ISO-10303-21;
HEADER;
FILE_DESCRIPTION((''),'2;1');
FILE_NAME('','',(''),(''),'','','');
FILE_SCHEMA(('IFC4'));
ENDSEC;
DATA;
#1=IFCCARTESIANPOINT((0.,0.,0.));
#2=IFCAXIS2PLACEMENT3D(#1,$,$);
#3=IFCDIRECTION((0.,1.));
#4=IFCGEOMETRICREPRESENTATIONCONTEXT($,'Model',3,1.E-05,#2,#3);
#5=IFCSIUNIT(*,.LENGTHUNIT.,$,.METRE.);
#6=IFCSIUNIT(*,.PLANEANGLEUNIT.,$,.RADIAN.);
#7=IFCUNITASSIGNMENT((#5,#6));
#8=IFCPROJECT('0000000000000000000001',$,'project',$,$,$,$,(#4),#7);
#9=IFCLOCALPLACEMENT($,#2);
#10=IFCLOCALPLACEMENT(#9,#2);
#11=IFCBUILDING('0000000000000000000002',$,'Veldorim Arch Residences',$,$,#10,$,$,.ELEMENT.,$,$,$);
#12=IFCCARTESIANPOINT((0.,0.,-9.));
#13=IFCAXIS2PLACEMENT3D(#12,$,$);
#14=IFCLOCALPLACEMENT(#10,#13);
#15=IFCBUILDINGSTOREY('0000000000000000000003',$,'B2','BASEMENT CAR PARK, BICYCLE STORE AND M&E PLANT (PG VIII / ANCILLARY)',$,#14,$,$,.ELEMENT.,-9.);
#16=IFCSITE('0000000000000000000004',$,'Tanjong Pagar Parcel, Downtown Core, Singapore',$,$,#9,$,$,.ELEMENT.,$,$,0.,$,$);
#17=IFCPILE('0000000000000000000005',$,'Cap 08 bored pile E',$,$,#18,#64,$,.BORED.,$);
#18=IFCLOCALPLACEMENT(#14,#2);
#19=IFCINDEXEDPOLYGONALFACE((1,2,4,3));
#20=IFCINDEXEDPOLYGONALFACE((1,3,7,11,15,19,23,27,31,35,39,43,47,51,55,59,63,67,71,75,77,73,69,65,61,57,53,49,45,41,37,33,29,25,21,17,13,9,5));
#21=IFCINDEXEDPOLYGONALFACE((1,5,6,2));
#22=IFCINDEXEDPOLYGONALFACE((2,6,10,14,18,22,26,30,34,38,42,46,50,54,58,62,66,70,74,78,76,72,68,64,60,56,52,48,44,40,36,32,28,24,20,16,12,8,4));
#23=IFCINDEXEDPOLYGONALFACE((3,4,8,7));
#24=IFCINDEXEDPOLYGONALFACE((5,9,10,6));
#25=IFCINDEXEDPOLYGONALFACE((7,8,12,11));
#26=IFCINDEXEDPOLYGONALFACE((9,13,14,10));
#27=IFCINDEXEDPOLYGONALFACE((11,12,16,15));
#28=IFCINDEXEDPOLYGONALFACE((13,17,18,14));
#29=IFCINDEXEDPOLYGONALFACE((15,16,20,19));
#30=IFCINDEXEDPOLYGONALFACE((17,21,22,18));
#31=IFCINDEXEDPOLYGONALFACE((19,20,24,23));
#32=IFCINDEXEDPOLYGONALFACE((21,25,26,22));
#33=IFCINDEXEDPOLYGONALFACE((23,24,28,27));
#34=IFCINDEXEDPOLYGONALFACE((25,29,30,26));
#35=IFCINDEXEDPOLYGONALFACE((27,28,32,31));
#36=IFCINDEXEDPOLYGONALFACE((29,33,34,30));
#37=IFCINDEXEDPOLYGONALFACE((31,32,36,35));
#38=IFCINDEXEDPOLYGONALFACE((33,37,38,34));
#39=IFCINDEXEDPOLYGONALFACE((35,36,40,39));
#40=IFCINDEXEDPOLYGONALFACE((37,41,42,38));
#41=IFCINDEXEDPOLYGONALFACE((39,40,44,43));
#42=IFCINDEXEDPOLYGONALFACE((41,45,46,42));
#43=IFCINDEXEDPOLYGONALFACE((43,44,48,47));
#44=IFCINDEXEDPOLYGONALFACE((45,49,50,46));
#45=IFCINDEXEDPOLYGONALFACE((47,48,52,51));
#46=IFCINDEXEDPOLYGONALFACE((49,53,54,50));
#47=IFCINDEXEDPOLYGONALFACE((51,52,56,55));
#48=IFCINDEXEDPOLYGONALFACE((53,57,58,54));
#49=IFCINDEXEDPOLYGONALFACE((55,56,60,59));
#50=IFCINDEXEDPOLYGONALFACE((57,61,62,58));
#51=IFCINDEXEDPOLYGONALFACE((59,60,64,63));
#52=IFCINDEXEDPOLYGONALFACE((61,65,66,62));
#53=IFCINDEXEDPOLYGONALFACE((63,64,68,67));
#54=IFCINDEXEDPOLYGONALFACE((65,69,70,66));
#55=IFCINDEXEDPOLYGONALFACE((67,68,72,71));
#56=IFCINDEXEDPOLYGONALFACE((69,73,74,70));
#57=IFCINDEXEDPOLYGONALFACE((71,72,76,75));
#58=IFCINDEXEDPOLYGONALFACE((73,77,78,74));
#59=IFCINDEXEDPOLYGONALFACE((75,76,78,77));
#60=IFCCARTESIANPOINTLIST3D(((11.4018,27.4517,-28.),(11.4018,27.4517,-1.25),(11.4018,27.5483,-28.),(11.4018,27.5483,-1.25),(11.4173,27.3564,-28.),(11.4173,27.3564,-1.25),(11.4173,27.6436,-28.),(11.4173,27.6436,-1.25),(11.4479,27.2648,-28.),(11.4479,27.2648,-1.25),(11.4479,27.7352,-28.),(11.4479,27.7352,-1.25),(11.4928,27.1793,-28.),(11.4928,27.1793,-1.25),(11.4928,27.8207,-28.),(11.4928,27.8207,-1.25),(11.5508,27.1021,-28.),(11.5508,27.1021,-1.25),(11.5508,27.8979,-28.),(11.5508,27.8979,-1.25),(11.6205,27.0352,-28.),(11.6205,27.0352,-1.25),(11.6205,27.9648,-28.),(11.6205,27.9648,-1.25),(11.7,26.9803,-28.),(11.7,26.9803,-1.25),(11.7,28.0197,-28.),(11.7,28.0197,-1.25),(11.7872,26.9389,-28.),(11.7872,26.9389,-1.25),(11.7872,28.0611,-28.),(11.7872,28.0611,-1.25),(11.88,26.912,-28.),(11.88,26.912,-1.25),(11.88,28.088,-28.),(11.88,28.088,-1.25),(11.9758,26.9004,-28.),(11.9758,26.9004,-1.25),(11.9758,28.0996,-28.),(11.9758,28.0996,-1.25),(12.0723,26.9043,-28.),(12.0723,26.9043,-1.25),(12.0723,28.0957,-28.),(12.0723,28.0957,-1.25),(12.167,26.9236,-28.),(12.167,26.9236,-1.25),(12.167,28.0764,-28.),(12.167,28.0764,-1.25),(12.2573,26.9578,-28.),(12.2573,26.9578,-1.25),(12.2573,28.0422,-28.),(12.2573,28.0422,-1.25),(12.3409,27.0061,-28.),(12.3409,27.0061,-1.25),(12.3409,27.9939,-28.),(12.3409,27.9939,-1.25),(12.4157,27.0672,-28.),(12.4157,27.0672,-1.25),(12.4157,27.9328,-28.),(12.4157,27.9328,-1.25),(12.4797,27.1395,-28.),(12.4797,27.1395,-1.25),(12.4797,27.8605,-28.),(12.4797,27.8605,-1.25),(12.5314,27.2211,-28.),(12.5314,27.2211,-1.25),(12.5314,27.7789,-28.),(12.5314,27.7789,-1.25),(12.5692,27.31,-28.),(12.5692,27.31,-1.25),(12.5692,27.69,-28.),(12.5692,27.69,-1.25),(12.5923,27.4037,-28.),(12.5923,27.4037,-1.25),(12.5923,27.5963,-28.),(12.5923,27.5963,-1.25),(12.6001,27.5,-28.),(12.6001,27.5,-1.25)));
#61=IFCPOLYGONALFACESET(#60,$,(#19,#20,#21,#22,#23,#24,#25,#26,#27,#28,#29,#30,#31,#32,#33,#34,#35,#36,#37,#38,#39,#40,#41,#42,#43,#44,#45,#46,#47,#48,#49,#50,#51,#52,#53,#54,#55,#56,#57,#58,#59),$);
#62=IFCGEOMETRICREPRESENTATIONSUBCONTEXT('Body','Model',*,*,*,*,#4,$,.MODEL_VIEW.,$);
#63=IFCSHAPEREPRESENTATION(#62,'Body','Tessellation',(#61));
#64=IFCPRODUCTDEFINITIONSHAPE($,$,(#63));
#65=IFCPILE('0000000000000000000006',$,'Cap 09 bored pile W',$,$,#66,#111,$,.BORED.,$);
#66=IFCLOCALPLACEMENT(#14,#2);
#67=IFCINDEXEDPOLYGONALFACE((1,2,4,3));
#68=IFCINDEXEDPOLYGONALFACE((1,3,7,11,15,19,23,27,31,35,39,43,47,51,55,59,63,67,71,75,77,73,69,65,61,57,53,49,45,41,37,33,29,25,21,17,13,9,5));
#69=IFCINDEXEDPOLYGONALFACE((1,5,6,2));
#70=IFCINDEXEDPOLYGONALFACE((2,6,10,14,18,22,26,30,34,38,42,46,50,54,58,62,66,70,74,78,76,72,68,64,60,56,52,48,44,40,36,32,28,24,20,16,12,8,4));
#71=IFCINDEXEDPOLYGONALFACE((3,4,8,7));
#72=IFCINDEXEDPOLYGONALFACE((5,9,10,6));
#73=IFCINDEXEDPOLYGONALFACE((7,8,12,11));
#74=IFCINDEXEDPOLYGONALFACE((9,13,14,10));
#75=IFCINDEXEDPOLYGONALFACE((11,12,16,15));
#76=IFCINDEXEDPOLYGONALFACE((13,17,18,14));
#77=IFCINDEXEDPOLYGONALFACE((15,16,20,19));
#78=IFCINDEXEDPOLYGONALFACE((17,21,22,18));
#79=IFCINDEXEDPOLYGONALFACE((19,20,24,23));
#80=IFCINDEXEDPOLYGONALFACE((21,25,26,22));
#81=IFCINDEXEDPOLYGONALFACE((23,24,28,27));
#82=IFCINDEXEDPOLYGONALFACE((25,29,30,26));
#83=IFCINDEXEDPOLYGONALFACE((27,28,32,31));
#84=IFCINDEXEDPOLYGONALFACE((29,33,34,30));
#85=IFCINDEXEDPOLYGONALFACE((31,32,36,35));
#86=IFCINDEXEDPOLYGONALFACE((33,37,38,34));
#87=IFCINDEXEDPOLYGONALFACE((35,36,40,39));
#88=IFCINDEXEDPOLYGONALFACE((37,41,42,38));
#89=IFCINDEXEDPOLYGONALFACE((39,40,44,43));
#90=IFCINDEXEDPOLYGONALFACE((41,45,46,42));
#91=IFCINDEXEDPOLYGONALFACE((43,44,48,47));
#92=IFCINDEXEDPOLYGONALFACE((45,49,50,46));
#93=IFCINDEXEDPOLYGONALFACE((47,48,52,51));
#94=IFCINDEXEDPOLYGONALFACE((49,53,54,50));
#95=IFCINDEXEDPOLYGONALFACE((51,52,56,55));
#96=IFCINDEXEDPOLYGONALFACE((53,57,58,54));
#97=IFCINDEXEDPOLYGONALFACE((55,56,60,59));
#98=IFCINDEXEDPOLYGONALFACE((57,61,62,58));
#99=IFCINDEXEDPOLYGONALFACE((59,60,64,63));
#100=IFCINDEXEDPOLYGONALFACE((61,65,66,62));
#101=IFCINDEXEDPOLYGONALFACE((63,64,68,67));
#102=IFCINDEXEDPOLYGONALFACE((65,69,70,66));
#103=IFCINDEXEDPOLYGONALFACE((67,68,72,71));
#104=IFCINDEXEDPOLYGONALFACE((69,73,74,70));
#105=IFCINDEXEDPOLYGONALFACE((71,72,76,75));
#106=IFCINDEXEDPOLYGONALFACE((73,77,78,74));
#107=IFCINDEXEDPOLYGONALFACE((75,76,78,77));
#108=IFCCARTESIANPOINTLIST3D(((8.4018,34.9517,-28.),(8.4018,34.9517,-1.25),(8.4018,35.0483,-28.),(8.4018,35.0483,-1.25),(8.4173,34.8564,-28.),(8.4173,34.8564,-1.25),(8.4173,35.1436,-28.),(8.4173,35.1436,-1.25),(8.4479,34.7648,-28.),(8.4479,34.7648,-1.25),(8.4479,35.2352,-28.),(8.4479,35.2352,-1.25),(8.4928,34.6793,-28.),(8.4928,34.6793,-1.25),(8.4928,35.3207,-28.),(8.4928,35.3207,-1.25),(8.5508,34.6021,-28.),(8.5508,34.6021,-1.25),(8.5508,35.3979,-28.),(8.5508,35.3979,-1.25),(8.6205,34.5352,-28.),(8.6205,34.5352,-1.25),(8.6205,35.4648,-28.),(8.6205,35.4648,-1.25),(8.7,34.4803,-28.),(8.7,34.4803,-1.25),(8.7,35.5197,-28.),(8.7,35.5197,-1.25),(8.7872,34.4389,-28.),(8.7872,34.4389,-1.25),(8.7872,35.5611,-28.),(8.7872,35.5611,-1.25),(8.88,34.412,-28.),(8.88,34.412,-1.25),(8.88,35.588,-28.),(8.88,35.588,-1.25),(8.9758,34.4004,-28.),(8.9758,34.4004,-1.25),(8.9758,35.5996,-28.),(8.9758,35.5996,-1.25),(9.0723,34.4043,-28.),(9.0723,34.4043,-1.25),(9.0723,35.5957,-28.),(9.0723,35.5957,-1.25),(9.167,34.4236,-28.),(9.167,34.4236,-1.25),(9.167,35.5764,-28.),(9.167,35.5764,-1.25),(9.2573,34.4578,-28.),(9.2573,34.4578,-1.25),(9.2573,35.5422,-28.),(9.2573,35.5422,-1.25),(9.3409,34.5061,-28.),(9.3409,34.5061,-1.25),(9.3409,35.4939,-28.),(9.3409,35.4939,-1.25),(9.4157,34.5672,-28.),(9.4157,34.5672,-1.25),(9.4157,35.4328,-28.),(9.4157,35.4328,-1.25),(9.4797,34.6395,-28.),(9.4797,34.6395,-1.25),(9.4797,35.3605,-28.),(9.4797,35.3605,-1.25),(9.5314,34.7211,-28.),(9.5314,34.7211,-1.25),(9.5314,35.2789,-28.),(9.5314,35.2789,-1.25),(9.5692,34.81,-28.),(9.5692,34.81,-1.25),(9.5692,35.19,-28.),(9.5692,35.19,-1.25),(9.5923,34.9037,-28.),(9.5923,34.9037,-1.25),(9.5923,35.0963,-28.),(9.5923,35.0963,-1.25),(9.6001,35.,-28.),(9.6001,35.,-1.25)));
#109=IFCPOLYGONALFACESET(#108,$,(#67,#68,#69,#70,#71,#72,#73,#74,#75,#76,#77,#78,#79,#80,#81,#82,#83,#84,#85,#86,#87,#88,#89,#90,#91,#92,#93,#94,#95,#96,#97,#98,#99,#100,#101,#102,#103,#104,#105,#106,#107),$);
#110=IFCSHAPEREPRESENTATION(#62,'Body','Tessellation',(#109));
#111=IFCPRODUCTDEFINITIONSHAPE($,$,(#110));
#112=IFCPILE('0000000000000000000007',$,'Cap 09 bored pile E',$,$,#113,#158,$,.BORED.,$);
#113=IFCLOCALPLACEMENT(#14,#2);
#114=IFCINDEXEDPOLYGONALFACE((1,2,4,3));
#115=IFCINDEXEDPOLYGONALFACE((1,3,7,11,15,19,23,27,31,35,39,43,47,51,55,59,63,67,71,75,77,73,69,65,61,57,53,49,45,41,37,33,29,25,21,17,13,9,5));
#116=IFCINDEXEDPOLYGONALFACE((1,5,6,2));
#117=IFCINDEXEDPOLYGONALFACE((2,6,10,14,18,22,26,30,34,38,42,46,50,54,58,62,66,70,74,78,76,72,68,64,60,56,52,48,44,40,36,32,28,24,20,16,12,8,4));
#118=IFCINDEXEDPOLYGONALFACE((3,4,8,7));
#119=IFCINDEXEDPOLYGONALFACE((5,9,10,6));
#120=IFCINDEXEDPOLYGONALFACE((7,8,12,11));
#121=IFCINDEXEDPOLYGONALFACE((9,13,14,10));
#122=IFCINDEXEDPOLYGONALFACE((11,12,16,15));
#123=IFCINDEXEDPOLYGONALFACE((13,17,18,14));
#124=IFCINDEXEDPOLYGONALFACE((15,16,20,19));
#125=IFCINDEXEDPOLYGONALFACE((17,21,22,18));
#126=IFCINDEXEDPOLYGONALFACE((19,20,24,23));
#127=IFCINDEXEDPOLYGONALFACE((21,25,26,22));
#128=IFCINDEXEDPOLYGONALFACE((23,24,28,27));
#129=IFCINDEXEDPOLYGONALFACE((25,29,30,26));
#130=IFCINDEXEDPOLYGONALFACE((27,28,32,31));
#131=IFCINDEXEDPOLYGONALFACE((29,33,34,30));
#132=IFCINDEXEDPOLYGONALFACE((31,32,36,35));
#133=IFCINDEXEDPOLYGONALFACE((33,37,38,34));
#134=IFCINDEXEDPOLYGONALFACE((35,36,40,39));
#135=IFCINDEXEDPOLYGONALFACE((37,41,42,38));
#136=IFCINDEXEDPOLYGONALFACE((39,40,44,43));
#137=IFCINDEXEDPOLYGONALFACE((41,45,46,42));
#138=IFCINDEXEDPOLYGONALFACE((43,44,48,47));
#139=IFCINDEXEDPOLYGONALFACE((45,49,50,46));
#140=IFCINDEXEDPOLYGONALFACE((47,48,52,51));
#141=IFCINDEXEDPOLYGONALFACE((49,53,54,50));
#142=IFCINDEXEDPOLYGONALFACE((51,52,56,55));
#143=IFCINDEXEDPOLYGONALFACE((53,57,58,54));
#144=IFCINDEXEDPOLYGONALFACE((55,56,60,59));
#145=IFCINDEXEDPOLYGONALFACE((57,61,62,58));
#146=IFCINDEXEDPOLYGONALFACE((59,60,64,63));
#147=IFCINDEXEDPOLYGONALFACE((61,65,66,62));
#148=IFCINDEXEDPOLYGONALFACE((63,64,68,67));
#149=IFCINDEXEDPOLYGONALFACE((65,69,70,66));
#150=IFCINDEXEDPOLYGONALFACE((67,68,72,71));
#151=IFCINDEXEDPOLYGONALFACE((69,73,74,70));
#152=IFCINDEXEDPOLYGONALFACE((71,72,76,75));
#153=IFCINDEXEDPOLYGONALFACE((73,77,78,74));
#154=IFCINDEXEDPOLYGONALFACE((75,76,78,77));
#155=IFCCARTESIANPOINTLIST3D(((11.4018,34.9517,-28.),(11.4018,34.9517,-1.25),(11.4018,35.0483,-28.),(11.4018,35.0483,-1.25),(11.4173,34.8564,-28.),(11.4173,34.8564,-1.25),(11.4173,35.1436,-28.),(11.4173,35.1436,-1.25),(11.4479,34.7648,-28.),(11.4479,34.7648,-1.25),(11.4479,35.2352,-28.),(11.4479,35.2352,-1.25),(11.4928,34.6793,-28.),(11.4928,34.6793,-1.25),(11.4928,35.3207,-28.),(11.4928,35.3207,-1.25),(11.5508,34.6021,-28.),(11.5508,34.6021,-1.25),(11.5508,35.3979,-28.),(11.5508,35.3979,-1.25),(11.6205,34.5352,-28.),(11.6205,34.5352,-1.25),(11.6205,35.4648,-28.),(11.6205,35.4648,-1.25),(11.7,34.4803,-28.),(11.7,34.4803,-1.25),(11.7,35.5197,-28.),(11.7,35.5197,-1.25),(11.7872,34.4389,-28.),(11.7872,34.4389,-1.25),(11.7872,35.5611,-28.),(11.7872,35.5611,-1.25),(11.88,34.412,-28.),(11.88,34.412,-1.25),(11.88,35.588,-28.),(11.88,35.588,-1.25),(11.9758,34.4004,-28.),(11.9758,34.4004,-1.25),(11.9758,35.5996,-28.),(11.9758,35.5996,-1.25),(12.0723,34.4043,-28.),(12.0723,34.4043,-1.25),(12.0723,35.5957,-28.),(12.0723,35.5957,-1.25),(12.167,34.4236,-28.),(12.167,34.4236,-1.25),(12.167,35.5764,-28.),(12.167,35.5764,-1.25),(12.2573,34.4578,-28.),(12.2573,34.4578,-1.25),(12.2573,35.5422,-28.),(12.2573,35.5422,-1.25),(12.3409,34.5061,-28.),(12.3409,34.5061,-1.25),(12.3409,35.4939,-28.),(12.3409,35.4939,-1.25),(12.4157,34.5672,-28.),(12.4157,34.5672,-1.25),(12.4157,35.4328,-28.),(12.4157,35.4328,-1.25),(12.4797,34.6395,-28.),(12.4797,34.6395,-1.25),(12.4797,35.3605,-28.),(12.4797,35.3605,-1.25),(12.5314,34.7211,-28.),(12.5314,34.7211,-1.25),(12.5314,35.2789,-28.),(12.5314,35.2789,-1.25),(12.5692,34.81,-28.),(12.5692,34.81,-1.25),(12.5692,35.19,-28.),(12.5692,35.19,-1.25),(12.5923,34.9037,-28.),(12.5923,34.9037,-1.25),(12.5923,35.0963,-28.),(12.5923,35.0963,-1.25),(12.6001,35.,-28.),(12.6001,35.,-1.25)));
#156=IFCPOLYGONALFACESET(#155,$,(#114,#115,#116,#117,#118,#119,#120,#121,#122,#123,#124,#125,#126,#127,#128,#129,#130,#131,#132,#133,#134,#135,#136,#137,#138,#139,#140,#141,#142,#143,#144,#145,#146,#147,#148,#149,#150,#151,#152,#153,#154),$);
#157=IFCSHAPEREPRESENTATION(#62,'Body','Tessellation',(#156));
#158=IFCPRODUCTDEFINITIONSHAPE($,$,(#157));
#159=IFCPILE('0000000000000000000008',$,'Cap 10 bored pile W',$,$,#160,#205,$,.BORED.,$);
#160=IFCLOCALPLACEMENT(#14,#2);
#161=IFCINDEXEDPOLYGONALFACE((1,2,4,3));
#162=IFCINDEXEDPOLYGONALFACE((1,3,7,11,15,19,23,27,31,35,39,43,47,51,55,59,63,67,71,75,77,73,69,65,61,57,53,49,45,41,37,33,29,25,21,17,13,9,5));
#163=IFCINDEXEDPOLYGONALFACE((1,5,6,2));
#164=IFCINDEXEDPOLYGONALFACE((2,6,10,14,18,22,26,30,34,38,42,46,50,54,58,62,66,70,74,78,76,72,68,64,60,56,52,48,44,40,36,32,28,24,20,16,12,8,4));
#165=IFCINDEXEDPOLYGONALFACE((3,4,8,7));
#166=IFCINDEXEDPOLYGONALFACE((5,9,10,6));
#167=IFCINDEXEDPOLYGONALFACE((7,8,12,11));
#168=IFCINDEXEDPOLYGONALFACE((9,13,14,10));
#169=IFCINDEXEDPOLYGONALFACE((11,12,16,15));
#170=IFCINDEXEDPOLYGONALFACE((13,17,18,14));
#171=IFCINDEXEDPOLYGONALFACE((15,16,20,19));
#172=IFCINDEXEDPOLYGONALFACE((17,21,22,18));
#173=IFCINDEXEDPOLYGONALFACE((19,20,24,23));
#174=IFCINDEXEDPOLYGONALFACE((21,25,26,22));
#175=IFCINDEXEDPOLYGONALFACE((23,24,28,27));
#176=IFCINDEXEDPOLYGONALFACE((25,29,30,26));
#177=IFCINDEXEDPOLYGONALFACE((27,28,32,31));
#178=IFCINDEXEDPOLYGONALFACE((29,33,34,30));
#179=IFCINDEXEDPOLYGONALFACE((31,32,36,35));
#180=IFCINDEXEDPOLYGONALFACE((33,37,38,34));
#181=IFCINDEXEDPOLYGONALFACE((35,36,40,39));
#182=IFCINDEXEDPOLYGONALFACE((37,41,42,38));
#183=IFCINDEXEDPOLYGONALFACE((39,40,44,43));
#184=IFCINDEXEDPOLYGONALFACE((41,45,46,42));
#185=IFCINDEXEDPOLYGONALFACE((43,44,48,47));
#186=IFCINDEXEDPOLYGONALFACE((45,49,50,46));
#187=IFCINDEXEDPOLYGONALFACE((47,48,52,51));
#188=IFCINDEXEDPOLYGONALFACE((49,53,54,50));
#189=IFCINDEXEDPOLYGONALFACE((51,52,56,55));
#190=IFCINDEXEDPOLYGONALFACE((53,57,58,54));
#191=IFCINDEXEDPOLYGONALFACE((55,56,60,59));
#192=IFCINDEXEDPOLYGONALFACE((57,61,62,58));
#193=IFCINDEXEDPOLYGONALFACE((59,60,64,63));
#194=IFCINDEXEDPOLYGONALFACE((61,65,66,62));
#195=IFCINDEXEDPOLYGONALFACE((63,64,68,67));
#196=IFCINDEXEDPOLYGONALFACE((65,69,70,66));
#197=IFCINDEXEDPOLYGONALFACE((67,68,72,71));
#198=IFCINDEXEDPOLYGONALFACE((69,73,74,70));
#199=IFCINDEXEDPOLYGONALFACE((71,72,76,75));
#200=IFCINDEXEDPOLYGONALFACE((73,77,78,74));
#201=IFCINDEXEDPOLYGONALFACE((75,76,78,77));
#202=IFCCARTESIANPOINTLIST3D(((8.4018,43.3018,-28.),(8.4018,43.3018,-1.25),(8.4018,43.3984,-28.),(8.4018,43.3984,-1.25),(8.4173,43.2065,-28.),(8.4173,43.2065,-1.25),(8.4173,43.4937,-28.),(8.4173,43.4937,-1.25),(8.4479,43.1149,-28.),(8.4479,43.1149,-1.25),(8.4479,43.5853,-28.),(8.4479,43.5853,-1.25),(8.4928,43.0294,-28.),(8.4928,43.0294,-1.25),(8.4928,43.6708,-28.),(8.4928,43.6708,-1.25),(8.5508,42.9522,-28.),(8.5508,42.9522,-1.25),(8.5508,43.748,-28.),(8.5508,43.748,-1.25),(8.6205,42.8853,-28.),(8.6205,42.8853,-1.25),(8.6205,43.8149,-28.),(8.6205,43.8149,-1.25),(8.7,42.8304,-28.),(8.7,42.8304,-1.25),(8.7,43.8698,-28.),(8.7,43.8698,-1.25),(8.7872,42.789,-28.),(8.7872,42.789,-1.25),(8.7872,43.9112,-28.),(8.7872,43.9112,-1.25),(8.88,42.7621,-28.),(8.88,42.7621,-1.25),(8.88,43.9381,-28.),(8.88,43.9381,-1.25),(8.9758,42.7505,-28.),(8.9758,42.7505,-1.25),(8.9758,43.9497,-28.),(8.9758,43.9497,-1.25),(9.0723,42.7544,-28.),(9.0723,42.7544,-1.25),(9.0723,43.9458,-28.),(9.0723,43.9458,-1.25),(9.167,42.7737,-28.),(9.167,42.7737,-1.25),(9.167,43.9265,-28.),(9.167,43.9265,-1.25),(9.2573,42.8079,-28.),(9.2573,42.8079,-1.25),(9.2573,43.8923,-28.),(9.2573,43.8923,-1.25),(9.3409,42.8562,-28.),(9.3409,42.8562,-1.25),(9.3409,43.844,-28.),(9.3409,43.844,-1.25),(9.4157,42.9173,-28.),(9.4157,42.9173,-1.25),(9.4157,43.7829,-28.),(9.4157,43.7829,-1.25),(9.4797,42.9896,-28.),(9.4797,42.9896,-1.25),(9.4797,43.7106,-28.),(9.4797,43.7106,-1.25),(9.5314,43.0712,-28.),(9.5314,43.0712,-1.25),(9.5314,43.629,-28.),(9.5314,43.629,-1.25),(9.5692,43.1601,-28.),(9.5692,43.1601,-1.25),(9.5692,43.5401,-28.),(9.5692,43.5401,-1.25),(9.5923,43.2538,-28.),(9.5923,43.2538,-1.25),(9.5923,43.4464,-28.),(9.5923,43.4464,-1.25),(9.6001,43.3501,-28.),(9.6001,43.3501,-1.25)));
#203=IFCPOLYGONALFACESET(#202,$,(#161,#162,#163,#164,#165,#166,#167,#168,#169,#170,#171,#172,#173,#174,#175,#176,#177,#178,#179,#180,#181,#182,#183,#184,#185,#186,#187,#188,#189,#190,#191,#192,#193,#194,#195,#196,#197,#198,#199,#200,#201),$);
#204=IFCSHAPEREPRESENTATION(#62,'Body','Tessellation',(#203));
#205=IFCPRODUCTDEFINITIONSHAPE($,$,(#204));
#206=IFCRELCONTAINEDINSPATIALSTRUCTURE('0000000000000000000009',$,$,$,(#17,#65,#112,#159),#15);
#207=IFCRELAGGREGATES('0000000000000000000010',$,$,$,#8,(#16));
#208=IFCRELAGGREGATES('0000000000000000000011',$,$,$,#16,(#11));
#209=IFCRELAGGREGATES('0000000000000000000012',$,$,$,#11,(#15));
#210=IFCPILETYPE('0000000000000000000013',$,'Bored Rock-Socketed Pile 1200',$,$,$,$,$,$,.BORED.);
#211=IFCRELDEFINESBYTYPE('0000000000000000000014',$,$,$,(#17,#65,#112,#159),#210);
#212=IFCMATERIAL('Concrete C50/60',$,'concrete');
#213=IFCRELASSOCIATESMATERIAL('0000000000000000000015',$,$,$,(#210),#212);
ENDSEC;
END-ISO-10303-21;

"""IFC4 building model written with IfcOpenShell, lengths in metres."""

from ifc_helpers import new_model, si_unit, direction, frame, origin, origin_2d, place, context, subcontext, project, spatial, circle, extrude, material, material_profile, profile_set, type_object, element, save


model = new_model("IFC4")

# Units and contexts
model_context = context("Model", 3, precision=1e-05, world=origin(), true_north=direction((0.0, 1.0)))
body_context = subcontext(model_context, "Body", "Model", "MODEL_VIEW")
ifc_project = project(units=[si_unit("LENGTHUNIT", "METRE"), si_unit("PLANEANGLEUNIT", "RADIAN")], contexts=[model_context])

# Site, building, storey
site_placement = place(None, origin())
site = spatial("IfcSite", under=ifc_project, at=site_placement, Name="Tanjong Pagar Parcel, Downtown Core, Singapore", CompositionType="ELEMENT", RefElevation=0.0)
building_placement = place(site_placement, origin())
building = spatial("IfcBuilding", under=site, at=building_placement, Name="Veldorim Arch Residences", CompositionType="ELEMENT")
storey_placement = place(building_placement, frame((0.0, 0.0, -9.0)))
storey = spatial("IfcBuildingStorey", under=building, at=storey_placement, Name="B2", Description="BASEMENT CAR PARK, BICYCLE STORE AND M&E PLANT (PG VIII / ANCILLARY)", CompositionType="ELEMENT", Elevation=-9.0)

# Piles
ifc_material_1 = material(Name="Concrete C50/60", Category="concrete")
ifc_material_profile_1 = material_profile(ifc_material_1, circle(Radius=0.6001, at=origin_2d()), Name="PILE_1200")
ifc_profile_set_1 = profile_set([ifc_material_profile_1], Name="Concrete C50/60")
pile_type_1 = type_object("IfcPileType", Name="Bored Rock-Socketed Pile 1200", PredefinedType="BORED", material=ifc_profile_set_1)
for number, where, z_axis, x_axis, name in (
    (1, (12.0, 27.5, -1.25), (0.0, 0.0, -1.0), (1.0, 0.0, 0.0), "Cap 08 bored pile E"),
    (2, (9.0, 35.0, -1.25), (0.0, 0.0, -1.0), (1.0, 0.0, 0.0), "Cap 09 bored pile W"),
    (3, (12.0, 35.0, -1.25), (0.0, 0.0, -1.0), (1.0, 0.0, 0.0), "Cap 09 bored pile E"),
    (4, (9.0, 43.3501, -1.25), (0.0, 0.0, -1.0), (1.0, 0.0, 0.0), "Cap 10 bored pile W"),
):
    element("IfcPile", number, at=place(storey_placement, frame(where, z_axis=z_axis, x_axis=x_axis)), inside=storey, type_object=pile_type_1, Name=name, PredefinedType="BORED", context=body_context, shape_type="SweptSolid", body=[
        extrude(circle(Radius=0.6001, at=origin_2d()), origin(), (0.0, 0.0, 1.0), 26.75),
    ])

save(model, "model.ifc")
